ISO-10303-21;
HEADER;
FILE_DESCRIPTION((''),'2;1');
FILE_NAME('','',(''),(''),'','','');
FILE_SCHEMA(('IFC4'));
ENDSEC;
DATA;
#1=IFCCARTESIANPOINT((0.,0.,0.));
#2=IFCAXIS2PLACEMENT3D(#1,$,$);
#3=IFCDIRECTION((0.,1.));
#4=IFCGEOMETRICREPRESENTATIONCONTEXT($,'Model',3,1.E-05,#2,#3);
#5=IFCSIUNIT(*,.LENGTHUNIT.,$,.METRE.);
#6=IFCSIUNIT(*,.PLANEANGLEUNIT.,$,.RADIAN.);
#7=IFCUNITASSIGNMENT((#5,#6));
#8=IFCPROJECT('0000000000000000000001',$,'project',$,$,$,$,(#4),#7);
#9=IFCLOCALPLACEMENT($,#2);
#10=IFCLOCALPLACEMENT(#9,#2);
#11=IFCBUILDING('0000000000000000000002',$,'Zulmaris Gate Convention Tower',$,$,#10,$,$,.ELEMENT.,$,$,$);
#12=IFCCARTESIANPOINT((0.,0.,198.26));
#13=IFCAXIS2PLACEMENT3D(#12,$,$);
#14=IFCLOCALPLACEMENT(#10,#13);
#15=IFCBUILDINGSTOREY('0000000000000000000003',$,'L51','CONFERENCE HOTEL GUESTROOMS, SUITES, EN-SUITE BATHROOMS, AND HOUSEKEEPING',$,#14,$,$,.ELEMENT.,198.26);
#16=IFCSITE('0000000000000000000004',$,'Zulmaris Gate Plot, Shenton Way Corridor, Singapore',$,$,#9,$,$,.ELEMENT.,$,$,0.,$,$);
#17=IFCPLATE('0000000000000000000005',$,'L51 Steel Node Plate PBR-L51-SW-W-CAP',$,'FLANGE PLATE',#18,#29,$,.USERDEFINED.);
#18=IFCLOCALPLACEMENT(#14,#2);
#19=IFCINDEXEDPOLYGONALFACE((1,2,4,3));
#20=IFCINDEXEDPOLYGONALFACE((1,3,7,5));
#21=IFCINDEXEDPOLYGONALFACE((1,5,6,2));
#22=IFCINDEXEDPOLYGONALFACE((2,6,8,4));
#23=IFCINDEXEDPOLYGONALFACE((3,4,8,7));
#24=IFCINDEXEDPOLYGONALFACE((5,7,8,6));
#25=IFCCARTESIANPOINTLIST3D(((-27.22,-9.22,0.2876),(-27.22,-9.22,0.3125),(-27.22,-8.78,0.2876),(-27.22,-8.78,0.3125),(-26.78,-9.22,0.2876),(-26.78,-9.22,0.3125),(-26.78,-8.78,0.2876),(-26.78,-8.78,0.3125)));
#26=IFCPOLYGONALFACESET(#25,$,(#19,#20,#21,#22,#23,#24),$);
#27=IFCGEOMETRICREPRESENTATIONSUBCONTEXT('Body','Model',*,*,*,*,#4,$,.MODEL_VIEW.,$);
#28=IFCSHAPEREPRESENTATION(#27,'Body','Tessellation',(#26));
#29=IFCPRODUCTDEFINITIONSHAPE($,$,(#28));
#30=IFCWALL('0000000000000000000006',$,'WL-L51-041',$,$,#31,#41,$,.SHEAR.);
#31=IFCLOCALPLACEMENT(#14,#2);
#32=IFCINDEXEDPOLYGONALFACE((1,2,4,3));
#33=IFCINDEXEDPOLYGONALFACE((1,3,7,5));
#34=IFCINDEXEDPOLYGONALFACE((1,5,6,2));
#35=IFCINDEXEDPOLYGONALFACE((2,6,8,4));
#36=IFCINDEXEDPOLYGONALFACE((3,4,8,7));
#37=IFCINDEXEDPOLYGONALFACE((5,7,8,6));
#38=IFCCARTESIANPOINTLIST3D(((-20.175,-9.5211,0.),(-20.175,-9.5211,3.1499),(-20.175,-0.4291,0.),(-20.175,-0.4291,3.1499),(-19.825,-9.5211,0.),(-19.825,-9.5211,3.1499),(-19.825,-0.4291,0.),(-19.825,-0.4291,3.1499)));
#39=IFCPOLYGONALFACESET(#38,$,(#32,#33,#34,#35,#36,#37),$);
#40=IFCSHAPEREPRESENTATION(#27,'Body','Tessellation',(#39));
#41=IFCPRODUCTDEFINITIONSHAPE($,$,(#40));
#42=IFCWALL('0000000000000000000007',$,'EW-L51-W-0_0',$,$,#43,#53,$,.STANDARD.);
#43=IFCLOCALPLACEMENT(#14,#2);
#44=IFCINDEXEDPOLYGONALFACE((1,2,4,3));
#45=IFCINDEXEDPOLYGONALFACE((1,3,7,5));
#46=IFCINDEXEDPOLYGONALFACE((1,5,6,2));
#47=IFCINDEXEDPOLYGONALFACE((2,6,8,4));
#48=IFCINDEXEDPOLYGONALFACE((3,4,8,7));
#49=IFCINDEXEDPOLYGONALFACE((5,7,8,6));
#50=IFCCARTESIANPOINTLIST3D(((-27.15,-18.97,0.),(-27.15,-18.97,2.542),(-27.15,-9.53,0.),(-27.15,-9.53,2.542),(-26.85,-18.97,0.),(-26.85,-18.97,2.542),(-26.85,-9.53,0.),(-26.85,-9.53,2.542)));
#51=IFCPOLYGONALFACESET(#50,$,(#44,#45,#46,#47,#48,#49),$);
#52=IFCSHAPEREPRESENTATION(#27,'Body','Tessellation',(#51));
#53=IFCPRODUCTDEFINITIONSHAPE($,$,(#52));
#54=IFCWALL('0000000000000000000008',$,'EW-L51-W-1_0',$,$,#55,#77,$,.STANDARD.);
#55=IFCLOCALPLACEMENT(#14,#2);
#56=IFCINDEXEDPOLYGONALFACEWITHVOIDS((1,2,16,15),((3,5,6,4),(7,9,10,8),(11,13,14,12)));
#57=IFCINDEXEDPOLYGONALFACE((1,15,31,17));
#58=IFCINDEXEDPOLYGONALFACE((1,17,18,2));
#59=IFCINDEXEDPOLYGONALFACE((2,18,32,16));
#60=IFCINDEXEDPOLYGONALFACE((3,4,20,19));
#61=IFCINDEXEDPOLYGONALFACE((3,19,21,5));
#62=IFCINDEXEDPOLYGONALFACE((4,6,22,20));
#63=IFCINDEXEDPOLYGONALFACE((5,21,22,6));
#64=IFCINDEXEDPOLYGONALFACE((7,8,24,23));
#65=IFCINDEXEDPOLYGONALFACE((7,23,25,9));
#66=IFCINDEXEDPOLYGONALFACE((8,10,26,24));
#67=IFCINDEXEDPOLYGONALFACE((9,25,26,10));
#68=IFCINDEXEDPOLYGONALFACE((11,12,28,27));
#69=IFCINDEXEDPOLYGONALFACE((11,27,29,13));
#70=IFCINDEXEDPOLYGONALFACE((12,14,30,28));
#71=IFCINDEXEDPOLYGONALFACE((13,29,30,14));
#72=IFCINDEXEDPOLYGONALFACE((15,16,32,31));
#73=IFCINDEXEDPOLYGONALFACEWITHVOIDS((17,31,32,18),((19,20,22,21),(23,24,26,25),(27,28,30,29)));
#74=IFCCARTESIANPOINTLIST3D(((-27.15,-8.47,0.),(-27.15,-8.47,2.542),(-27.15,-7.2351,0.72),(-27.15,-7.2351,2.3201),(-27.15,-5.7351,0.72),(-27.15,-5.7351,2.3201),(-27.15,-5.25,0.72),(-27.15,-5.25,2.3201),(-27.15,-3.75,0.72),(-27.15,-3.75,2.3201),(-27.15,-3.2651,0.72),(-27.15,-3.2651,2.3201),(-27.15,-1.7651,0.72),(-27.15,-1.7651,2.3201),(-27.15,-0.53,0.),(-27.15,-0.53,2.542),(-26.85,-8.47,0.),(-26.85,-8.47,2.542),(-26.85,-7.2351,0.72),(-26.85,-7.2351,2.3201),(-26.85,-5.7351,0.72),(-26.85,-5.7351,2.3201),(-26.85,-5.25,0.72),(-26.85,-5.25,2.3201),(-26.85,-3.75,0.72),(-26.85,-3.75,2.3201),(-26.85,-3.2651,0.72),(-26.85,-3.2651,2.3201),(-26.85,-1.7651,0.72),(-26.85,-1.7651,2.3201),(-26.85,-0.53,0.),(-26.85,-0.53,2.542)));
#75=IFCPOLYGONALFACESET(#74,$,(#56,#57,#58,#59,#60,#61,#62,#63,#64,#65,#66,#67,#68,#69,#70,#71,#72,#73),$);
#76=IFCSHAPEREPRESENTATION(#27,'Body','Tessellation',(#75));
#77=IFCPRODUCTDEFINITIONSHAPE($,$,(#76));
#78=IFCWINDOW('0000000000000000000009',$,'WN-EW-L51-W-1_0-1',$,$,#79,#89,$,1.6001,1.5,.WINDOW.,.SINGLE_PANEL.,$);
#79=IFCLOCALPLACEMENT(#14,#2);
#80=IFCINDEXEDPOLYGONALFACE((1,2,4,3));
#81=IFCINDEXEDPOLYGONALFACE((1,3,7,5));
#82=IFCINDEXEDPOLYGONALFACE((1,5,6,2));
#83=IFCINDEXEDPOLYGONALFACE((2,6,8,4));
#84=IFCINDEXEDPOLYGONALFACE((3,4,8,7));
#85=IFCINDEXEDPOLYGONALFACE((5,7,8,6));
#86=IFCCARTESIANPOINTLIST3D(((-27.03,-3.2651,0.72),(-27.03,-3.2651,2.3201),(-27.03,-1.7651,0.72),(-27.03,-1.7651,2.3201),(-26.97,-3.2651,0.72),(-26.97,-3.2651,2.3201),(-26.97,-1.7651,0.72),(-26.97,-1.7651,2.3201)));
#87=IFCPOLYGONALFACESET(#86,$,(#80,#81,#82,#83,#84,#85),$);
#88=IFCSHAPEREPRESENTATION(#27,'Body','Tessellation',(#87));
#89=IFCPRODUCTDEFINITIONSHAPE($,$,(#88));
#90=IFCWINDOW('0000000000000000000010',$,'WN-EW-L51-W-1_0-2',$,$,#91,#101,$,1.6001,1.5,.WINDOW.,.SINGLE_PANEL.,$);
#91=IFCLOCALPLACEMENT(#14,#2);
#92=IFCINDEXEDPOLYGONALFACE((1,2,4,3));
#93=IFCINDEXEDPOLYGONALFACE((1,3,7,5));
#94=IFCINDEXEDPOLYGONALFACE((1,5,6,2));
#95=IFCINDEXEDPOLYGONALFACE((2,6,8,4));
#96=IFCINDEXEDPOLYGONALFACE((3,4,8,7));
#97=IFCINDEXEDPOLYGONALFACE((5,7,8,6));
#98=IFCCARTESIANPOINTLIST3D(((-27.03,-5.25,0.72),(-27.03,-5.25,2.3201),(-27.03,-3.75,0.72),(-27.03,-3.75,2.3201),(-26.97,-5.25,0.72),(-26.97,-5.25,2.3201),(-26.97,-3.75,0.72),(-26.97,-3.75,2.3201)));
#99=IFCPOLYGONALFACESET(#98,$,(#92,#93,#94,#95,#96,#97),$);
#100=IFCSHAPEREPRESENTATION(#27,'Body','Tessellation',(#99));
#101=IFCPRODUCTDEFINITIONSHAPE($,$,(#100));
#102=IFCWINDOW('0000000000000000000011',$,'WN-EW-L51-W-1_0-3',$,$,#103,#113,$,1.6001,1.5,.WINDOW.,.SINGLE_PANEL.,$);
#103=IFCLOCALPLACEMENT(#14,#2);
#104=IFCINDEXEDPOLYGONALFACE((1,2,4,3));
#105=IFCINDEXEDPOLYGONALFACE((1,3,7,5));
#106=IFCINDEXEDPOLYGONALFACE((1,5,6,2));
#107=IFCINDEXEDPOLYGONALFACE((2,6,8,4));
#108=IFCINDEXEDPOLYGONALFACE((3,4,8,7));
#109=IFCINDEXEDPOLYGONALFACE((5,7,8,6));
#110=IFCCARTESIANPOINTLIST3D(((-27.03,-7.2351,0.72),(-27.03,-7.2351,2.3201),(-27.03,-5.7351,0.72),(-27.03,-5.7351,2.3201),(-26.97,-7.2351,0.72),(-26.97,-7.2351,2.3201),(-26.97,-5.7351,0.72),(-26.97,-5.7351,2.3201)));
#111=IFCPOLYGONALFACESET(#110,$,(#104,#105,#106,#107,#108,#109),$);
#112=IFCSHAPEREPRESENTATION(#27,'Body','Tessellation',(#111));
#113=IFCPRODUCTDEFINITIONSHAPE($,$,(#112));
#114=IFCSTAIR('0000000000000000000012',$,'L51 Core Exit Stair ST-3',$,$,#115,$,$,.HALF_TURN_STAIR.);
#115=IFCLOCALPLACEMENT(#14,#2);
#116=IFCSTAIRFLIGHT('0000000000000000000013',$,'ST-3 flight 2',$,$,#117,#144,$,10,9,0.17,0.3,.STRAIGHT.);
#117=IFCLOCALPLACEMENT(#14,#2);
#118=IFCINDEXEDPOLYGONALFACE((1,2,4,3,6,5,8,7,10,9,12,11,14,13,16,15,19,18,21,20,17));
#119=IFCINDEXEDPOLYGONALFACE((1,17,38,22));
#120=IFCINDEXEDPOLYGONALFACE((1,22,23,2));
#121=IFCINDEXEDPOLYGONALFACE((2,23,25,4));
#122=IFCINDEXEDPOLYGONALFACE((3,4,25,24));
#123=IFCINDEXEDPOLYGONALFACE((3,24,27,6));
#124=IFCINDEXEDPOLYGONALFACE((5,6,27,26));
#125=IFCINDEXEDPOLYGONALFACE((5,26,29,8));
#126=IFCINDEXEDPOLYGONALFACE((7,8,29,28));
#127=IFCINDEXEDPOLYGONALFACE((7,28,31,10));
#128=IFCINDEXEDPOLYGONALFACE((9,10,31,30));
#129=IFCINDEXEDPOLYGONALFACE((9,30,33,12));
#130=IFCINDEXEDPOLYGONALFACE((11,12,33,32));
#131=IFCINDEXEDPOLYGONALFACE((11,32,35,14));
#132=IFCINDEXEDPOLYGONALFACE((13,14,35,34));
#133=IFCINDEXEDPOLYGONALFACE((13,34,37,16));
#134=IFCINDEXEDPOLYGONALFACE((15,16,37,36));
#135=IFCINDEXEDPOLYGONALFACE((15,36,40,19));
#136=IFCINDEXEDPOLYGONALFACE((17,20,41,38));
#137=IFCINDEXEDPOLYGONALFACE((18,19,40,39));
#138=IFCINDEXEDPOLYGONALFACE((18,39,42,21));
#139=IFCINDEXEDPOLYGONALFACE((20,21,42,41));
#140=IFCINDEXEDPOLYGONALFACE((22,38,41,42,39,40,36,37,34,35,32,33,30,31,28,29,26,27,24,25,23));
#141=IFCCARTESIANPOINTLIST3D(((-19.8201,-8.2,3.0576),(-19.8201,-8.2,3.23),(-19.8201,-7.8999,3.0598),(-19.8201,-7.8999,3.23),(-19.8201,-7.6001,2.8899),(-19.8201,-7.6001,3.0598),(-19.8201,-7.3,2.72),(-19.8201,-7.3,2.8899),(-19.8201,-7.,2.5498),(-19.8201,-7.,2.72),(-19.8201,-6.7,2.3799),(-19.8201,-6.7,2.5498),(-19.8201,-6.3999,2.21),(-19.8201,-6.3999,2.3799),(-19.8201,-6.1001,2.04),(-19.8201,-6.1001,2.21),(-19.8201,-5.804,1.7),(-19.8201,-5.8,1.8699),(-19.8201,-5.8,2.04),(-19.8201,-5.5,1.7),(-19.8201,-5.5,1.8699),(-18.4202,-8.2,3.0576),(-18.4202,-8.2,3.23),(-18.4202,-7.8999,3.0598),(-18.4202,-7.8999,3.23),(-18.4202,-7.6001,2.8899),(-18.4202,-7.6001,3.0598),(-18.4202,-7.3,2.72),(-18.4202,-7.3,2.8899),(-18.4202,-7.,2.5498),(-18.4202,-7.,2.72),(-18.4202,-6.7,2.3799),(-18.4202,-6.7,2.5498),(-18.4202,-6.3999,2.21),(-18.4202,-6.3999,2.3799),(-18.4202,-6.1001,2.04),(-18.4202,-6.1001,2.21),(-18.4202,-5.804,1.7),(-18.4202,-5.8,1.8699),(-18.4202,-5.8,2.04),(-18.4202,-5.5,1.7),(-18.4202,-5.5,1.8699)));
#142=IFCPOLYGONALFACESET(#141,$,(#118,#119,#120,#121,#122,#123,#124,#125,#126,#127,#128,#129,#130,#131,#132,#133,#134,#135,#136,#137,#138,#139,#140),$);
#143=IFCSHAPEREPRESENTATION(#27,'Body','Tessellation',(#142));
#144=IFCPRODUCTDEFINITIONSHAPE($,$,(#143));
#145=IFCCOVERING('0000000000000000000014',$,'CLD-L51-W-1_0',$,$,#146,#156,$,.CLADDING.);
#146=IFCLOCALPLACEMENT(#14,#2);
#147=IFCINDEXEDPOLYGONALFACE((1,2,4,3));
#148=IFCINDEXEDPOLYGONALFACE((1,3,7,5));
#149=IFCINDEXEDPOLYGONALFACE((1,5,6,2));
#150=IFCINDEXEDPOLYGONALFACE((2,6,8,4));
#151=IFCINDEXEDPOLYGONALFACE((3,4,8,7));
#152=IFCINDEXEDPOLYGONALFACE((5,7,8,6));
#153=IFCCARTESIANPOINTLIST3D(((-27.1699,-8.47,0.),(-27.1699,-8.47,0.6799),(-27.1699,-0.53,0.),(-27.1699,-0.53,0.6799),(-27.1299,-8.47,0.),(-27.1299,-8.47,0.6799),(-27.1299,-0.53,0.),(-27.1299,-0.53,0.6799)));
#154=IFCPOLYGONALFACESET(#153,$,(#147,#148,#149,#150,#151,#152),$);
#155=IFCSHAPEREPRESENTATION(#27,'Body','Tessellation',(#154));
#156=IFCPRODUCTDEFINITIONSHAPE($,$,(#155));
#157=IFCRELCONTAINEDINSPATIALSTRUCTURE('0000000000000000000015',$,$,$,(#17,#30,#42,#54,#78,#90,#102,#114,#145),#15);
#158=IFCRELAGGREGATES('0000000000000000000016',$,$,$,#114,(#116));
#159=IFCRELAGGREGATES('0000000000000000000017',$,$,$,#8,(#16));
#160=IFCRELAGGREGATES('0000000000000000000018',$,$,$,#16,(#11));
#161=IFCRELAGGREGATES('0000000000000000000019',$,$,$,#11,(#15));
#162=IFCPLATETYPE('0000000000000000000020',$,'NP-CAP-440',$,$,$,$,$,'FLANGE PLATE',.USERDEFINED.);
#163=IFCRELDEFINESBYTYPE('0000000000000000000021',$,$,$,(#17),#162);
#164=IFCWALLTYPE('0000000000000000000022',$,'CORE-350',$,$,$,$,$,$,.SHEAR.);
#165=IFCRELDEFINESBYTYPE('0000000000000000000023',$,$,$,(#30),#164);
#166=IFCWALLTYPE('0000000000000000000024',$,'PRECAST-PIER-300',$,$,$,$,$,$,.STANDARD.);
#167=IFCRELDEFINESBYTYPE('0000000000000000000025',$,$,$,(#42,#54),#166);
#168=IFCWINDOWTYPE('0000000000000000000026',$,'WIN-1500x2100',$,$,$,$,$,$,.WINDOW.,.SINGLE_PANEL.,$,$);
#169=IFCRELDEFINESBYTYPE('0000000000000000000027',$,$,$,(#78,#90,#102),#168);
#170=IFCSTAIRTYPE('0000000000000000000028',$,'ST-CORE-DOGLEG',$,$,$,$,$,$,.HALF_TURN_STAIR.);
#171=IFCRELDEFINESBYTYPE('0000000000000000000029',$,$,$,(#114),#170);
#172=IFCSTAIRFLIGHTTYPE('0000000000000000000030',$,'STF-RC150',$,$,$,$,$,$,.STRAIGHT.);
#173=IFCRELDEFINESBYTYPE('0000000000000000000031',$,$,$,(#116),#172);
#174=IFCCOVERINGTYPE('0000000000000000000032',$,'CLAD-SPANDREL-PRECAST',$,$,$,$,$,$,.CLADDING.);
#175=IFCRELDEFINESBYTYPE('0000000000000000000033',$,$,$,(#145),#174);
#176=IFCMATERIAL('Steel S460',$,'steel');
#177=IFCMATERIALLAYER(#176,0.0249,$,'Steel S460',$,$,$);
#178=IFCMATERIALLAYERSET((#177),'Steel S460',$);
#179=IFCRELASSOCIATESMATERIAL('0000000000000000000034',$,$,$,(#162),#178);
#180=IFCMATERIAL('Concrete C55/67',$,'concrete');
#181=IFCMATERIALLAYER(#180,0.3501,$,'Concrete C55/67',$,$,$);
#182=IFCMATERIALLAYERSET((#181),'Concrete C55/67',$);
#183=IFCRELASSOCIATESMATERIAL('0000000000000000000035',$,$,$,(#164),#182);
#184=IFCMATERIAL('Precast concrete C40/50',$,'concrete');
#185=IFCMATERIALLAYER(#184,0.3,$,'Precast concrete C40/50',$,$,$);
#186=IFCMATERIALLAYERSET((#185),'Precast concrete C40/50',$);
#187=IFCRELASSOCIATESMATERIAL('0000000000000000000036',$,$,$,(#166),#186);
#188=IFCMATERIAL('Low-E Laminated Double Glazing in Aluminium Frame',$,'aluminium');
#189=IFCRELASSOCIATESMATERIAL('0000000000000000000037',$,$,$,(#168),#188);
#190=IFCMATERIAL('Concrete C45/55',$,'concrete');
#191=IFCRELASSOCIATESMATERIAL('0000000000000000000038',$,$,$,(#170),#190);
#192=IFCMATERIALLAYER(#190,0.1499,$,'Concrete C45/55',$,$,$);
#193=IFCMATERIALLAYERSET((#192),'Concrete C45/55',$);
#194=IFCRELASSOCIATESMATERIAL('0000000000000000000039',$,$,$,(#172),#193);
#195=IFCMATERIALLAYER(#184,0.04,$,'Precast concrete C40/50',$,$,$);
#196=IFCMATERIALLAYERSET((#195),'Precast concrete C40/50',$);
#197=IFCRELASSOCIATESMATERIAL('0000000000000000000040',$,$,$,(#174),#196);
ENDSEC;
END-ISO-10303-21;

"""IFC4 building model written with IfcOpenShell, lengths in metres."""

from ifc_helpers import new_model, si_unit, direction, frame, frame_2d, origin, origin_2d, place, context, subcontext, project, spatial, polyline, rectangle, outline, extrude, material, layer, layer_set, type_object, element, fill, aggregate, save


model = new_model("IFC4")

# Units and contexts
model_context = context("Model", 3, precision=1e-05, world=origin(), true_north=direction((0.0, 1.0)))
body_context = subcontext(model_context, "Body", "Model", "MODEL_VIEW")
ifc_project = project(units=[si_unit("LENGTHUNIT", "METRE"), si_unit("PLANEANGLEUNIT", "RADIAN")], contexts=[model_context])

# Site, building, storey
site_placement = place(None, origin())
site = spatial("IfcSite", under=ifc_project, at=site_placement, Name="Zulmaris Gate Plot, Shenton Way Corridor, Singapore", CompositionType="ELEMENT", RefElevation=0.0)
building_placement = place(site_placement, origin())
building = spatial("IfcBuilding", under=site, at=building_placement, Name="Zulmaris Gate Convention Tower", CompositionType="ELEMENT")
storey_placement = place(building_placement, frame((0.0, 0.0, 198.26)))
storey = spatial("IfcBuildingStorey", under=building, at=storey_placement, Name="L51", Description="CONFERENCE HOTEL GUESTROOMS, SUITES, EN-SUITE BATHROOMS, AND HOUSEKEEPING", CompositionType="ELEMENT", Elevation=198.26)

# Plate
ifc_material_1 = material(Name="Steel S460", Category="steel")
ifc_layer_1 = layer(ifc_material_1, 0.0249, Name="Steel S460")
ifc_layer_set_1 = layer_set([ifc_layer_1], Name="Steel S460")
plate_type = type_object("IfcPlateType", Name="NP-CAP-440", ElementType="FLANGE PLATE", PredefinedType="USERDEFINED", material=ifc_layer_set_1)
plate_placement = place(storey_placement, frame((-27.0, -9.0, 0.2876), z_axis=(0.0, 0.0, 1.0), x_axis=(1.0, 0.0, 0.0)))
element("IfcPlate", 1, at=plate_placement, inside=storey, type_object=plate_type, Name="L51 Steel Node Plate PBR-L51-SW-W-CAP", ObjectType="FLANGE PLATE", PredefinedType="USERDEFINED", context=body_context, shape_type="SweptSolid", body=[
    extrude(rectangle(XDim=0.4399, YDim=0.4399, at=origin_2d()), origin(), (0.0, 0.0, 1.0), 0.0249),
])

# Walls
ifc_material_2 = material(Name="Concrete C55/67", Category="concrete")
ifc_layer_2 = layer(ifc_material_2, 0.3501, Name="Concrete C55/67")
ifc_layer_set_2 = layer_set([ifc_layer_2], Name="Concrete C55/67")
wall_type_1 = type_object("IfcWallType", Name="CORE-350", PredefinedType="SHEAR", material=ifc_layer_set_2)
wall_1_placement = place(storey_placement, frame((-20.0, -9.521, 0.0), z_axis=(0.0, 0.0, 1.0), x_axis=(0.0, 1.0, 0.0)))
element("IfcWall", 2, at=wall_1_placement, inside=storey, type_object=wall_type_1, Name="WL-L51-041", PredefinedType="SHEAR", context=body_context, shape_type="SweptSolid", body=[
    extrude(rectangle(XDim=9.092, YDim=0.3501, at=frame_2d((4.5459, 0.0))), origin(), (0.0, 0.0, 1.0), 3.1499),
])
ifc_material_3 = material(Name="Precast concrete C40/50", Category="concrete")
ifc_layer_3 = layer(ifc_material_3, 0.3, Name="Precast concrete C40/50")
ifc_layer_set_3 = layer_set([ifc_layer_3], Name="Precast concrete C40/50")
wall_type_2 = type_object("IfcWallType", Name="PRECAST-PIER-300", PredefinedType="STANDARD", material=ifc_layer_set_3)
wall_2_placement = place(storey_placement, frame((-27.0, -9.53, 0.0), z_axis=(0.0, 0.0, 1.0), x_axis=(0.0, -1.0, 0.0)))
element("IfcWall", 3, at=wall_2_placement, inside=storey, type_object=wall_type_2, Name="EW-L51-W-0_0", PredefinedType="STANDARD", context=body_context, shape_type="SweptSolid", body=[
    extrude(rectangle(XDim=9.4399, YDim=0.3, at=frame_2d((4.72, 0.0))), origin(), (0.0, 0.0, 1.0), 2.542),
])

# Wall, openings, windows
wall_3_placement = place(storey_placement, frame((-27.0, -0.53, 0.0), z_axis=(0.0, 0.0, 1.0), x_axis=(0.0, -1.0, 0.0)))
wall_3 = element("IfcWall", 4, at=wall_3_placement, inside=storey, type_object=wall_type_2, Name="EW-L51-W-1_0", PredefinedType="STANDARD", context=body_context, shape_type="SweptSolid", body=[
    extrude(rectangle(XDim=7.9399, YDim=0.3, at=frame_2d((3.97, 0.0))), origin(), (0.0, 0.0, 1.0), 2.542),
])
opening_1_placement = place(wall_3_placement, frame((1.2351, 0.0, 0.72)))
opening_1 = element("IfcOpeningElement", 5, at=opening_1_placement, cuts=wall_3, PredefinedType="OPENING", context=body_context, shape_type="SweptSolid", body=[
    extrude(rectangle(XDim=1.5, YDim=1.6001, at=frame_2d((0.75, 0.8))), frame((0.0, 0.1602, 0.0), z_axis=(0.0, -1.0, 0.0), x_axis=(1.0, 0.0, 0.0)), (0.0, 0.0, 1.0), 0.3201),
])
opening_2_placement = place(wall_3_placement, frame((3.22, 0.0, 0.72)))
opening_2 = element("IfcOpeningElement", 6, at=opening_2_placement, cuts=wall_3, PredefinedType="OPENING", context=body_context, shape_type="SweptSolid", body=[
    extrude(rectangle(XDim=1.5, YDim=1.6001, at=frame_2d((0.75, 0.8))), frame((0.0, 0.1602, 0.0), z_axis=(0.0, -1.0, 0.0), x_axis=(1.0, 0.0, 0.0)), (0.0, 0.0, 1.0), 0.3201),
])
opening_3_placement = place(wall_3_placement, frame((5.2051, 0.0, 0.72)))
opening_3 = element("IfcOpeningElement", 7, at=opening_3_placement, cuts=wall_3, PredefinedType="OPENING", context=body_context, shape_type="SweptSolid", body=[
    extrude(rectangle(XDim=1.5, YDim=1.6001, at=frame_2d((0.75, 0.8))), frame((0.0, 0.1602, 0.0), z_axis=(0.0, -1.0, 0.0), x_axis=(1.0, 0.0, 0.0)), (0.0, 0.0, 1.0), 0.3201),
])
ifc_material_4 = material(Name="Low-E Laminated Double Glazing in Aluminium Frame", Category="aluminium")
window_type = type_object("IfcWindowType", Name="WIN-1500x2100", PartitioningType="SINGLE_PANEL", PredefinedType="WINDOW", material=ifc_material_4)
window_1_placement = place(opening_1_placement, origin())
window_1 = element("IfcWindow", 8, at=window_1_placement, inside=storey, type_object=window_type, Name="WN-EW-L51-W-1_0-1", OverallHeight=1.6001, OverallWidth=1.5, PartitioningType="SINGLE_PANEL", PredefinedType="WINDOW", context=body_context, shape_type="SweptSolid", body=[
    extrude(rectangle(XDim=1.5, YDim=1.6001, at=frame_2d((0.75, 0.8))), frame((0.0, 0.03, 0.0), z_axis=(0.0, -1.0, 0.0), x_axis=(1.0, 0.0, 0.0)), (0.0, 0.0, 1.0), 0.0601),
])
fill(opening_1, window_1)
window_2_placement = place(opening_2_placement, origin())
window_2 = element("IfcWindow", 9, at=window_2_placement, inside=storey, type_object=window_type, Name="WN-EW-L51-W-1_0-2", OverallHeight=1.6001, OverallWidth=1.5, PartitioningType="SINGLE_PANEL", PredefinedType="WINDOW", context=body_context, shape_type="SweptSolid", body=[
    extrude(rectangle(XDim=1.5, YDim=1.6001, at=frame_2d((0.75, 0.8))), frame((0.0, 0.03, 0.0), z_axis=(0.0, -1.0, 0.0), x_axis=(1.0, 0.0, 0.0)), (0.0, 0.0, 1.0), 0.0601),
])
fill(opening_2, window_2)
window_3_placement = place(opening_3_placement, origin())
window_3 = element("IfcWindow", 10, at=window_3_placement, inside=storey, type_object=window_type, Name="WN-EW-L51-W-1_0-3", OverallHeight=1.6001, OverallWidth=1.5, PartitioningType="SINGLE_PANEL", PredefinedType="WINDOW", context=body_context, shape_type="SweptSolid", body=[
    extrude(rectangle(XDim=1.5, YDim=1.6001, at=frame_2d((0.75, 0.8))), frame((0.0, 0.03, 0.0), z_axis=(0.0, -1.0, 0.0), x_axis=(1.0, 0.0, 0.0)), (0.0, 0.0, 1.0), 0.0601),
])
fill(opening_3, window_3)

# Stair, stair flight
ifc_material_5 = material(Name="Concrete C45/55", Category="concrete")
stair_type = type_object("IfcStairType", Name="ST-CORE-DOGLEG", PredefinedType="HALF_TURN_STAIR", material=ifc_material_5)
stair_placement = place(storey_placement, origin())
stair = element("IfcStair", 11, at=stair_placement, inside=storey, type_object=stair_type, Name="L51 Core Exit Stair ST-3", PredefinedType="HALF_TURN_STAIR")
ifc_layer_4 = layer(ifc_material_5, 0.1499, Name="Concrete C45/55")
ifc_layer_set_4 = layer_set([ifc_layer_4], Name="Concrete C45/55")
stair_flight_type = type_object("IfcStairFlightType", Name="STF-RC150", PredefinedType="STRAIGHT", material=ifc_layer_set_4)
stair_flight_placement = place(storey_placement, frame((-19.1201, -5.5, 1.7), z_axis=(0.0, 0.0, 1.0), x_axis=(0.0, -1.0, 0.0)))
stair_flight = element("IfcStairFlight", 12, at=stair_flight_placement, type_object=stair_flight_type, Name="ST-3 flight 2", NumberOfRisers=10, NumberOfTreads=9, PredefinedType="STRAIGHT", RiserHeight=0.17, TreadLength=0.3, context=body_context, shape_type="SweptSolid", body=[
    extrude(outline(polyline([(0.0, 0.0), (0.0, 0.1699), (0.3, 0.1699), (0.3, 0.3401), (0.6001, 0.3401), (0.6001, 0.51), (0.8999, 0.51), (0.8999, 0.6799), (1.2, 0.6799), (1.2, 0.8499), (1.5, 0.8499), (1.5, 1.02), (1.8, 1.02), (1.8, 1.1899), (2.1001, 1.1899), (2.1001, 1.3599), (2.3999, 1.3599), (2.3999, 1.53), (2.7, 1.53), (2.7, 1.7), (2.7, 1.3577), (0.304, 0.0), (0.0, 0.0)])), frame((0.0, 0.7, 0.0), z_axis=(0.0, -1.0, 0.0), x_axis=(1.0, 0.0, 0.0)), (0.0, 0.0, 1.0), 1.3999),
])
aggregate(stair, [stair_flight])

# Covering
ifc_layer_5 = layer(ifc_material_3, 0.04, Name="Precast concrete C40/50")
ifc_layer_set_5 = layer_set([ifc_layer_5], Name="Precast concrete C40/50")
covering_type = type_object("IfcCoveringType", Name="CLAD-SPANDREL-PRECAST", PredefinedType="CLADDING", material=ifc_layer_set_5)
covering_placement = place(storey_placement, frame((-27.1499, -0.53, 0.0), z_axis=(0.0, 0.0, 1.0), x_axis=(0.0, -1.0, 0.0)))
element("IfcCovering", 13, at=covering_placement, inside=storey, type_object=covering_type, Name="CLD-L51-W-1_0", PredefinedType="CLADDING", context=body_context, shape_type="SweptSolid", body=[
    extrude(rectangle(XDim=7.9399, YDim=0.04, at=frame_2d((3.97, 0.0))), origin(), (0.0, 0.0, 1.0), 0.6799),
])

save(model, "model.ifc")
